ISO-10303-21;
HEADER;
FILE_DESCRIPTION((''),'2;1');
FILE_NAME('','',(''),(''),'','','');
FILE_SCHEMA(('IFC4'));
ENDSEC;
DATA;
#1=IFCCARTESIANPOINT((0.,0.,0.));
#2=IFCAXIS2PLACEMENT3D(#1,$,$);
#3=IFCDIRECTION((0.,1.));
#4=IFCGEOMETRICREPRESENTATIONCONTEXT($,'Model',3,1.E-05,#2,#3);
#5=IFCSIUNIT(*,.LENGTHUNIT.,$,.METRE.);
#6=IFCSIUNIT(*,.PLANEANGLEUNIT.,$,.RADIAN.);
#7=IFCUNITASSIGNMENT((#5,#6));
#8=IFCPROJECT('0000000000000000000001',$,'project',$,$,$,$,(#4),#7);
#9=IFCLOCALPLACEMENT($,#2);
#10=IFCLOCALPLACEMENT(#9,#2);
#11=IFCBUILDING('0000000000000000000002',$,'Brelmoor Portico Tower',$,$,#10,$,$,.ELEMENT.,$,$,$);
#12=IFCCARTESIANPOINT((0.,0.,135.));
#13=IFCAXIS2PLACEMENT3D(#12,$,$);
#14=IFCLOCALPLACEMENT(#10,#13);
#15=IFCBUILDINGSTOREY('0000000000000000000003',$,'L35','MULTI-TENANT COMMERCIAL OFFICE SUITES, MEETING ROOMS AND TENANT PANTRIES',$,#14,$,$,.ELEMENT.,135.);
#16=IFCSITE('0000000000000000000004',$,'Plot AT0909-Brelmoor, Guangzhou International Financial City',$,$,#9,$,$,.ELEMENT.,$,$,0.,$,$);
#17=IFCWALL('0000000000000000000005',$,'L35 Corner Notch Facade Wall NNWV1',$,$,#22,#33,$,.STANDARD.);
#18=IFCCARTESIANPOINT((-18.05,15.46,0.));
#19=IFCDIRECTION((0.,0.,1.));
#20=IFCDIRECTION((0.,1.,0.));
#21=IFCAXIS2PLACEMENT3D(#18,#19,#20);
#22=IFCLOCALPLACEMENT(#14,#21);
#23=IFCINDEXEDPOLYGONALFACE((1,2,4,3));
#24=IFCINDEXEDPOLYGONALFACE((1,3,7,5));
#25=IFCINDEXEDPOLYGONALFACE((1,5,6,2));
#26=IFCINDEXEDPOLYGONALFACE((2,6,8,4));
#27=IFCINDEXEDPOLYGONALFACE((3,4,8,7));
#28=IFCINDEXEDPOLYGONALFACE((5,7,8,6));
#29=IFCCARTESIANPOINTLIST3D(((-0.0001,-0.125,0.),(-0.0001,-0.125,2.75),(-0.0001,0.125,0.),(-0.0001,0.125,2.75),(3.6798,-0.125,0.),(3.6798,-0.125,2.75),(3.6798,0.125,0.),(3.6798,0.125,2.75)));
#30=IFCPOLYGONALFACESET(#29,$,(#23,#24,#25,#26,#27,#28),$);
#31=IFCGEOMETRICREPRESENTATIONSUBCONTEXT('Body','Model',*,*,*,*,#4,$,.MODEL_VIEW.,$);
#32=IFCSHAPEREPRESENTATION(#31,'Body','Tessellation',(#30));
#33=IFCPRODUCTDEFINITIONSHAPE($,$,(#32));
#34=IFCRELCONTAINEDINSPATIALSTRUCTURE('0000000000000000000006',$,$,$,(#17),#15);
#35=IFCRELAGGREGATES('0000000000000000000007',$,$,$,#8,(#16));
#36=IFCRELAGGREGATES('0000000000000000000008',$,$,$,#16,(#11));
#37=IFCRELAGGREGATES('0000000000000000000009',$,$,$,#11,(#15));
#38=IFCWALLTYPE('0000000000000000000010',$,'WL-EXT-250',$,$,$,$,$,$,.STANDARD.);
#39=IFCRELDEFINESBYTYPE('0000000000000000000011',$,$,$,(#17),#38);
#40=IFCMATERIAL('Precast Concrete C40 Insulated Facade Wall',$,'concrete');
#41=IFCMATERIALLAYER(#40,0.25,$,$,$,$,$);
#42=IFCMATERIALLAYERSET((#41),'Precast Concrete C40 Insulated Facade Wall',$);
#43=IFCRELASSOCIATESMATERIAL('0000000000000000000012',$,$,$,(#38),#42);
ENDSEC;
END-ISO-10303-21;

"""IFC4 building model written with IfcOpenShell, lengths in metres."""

from ifc_helpers import new_model, si_unit, direction, frame, frame_2d, origin, place, context, subcontext, project, spatial, rectangle, extrude, material, layer, layer_set, type_object, element, save


model = new_model("IFC4")

# Units and contexts
model_context = context("Model", 3, precision=1e-05, world=origin(), true_north=direction((0.0, 1.0)))
body_context = subcontext(model_context, "Body", "Model", "MODEL_VIEW")
ifc_project = project(units=[si_unit("LENGTHUNIT", "METRE"), si_unit("PLANEANGLEUNIT", "RADIAN")], contexts=[model_context])

# Site, building, storey
site_placement = place(None, origin())
site = spatial("IfcSite", under=ifc_project, at=site_placement, Name="Plot AT0909-Brelmoor, Guangzhou International Financial City", CompositionType="ELEMENT", RefElevation=0.0)
building_placement = place(site_placement, origin())
building = spatial("IfcBuilding", under=site, at=building_placement, Name="Brelmoor Portico Tower", CompositionType="ELEMENT")
storey_placement = place(building_placement, frame((0.0, 0.0, 135.0)))
storey = spatial("IfcBuildingStorey", under=building, at=storey_placement, Name="L35", Description="MULTI-TENANT COMMERCIAL OFFICE SUITES, MEETING ROOMS AND TENANT PANTRIES", CompositionType="ELEMENT", Elevation=135.0)

# Shared definitions
ifc_material_1 = material(Name="Precast Concrete C40 Insulated Facade Wall", Category="concrete")
ifc_layer_1 = layer(ifc_material_1, 0.25)
ifc_layer_set_1 = layer_set([ifc_layer_1], Name="Precast Concrete C40 Insulated Facade Wall")
wall_type_1 = type_object("IfcWallType", Name="WL-EXT-250", PredefinedType="STANDARD", material=ifc_layer_set_1)

# Wall
for number, where, z_axis, x_axis, name in (
    (1, (-18.05, 15.46, 0.0), (0.0, 0.0, 1.0), (0.0, 1.0, 0.0), "L35 Corner Notch Facade Wall NNWV1"),
):
    element("IfcWall", number, at=place(storey_placement, frame(where, z_axis=z_axis, x_axis=x_axis)), inside=storey, type_object=wall_type_1, Name=name, PredefinedType="STANDARD", context=body_context, shape_type="SweptSolid", body=[
        extrude(rectangle(XDim=3.6799, YDim=0.25, at=frame_2d((1.8398, 0.0))), origin(), (0.0, 0.0, 1.0), 2.75),
    ])

save(model, "model.ifc")
